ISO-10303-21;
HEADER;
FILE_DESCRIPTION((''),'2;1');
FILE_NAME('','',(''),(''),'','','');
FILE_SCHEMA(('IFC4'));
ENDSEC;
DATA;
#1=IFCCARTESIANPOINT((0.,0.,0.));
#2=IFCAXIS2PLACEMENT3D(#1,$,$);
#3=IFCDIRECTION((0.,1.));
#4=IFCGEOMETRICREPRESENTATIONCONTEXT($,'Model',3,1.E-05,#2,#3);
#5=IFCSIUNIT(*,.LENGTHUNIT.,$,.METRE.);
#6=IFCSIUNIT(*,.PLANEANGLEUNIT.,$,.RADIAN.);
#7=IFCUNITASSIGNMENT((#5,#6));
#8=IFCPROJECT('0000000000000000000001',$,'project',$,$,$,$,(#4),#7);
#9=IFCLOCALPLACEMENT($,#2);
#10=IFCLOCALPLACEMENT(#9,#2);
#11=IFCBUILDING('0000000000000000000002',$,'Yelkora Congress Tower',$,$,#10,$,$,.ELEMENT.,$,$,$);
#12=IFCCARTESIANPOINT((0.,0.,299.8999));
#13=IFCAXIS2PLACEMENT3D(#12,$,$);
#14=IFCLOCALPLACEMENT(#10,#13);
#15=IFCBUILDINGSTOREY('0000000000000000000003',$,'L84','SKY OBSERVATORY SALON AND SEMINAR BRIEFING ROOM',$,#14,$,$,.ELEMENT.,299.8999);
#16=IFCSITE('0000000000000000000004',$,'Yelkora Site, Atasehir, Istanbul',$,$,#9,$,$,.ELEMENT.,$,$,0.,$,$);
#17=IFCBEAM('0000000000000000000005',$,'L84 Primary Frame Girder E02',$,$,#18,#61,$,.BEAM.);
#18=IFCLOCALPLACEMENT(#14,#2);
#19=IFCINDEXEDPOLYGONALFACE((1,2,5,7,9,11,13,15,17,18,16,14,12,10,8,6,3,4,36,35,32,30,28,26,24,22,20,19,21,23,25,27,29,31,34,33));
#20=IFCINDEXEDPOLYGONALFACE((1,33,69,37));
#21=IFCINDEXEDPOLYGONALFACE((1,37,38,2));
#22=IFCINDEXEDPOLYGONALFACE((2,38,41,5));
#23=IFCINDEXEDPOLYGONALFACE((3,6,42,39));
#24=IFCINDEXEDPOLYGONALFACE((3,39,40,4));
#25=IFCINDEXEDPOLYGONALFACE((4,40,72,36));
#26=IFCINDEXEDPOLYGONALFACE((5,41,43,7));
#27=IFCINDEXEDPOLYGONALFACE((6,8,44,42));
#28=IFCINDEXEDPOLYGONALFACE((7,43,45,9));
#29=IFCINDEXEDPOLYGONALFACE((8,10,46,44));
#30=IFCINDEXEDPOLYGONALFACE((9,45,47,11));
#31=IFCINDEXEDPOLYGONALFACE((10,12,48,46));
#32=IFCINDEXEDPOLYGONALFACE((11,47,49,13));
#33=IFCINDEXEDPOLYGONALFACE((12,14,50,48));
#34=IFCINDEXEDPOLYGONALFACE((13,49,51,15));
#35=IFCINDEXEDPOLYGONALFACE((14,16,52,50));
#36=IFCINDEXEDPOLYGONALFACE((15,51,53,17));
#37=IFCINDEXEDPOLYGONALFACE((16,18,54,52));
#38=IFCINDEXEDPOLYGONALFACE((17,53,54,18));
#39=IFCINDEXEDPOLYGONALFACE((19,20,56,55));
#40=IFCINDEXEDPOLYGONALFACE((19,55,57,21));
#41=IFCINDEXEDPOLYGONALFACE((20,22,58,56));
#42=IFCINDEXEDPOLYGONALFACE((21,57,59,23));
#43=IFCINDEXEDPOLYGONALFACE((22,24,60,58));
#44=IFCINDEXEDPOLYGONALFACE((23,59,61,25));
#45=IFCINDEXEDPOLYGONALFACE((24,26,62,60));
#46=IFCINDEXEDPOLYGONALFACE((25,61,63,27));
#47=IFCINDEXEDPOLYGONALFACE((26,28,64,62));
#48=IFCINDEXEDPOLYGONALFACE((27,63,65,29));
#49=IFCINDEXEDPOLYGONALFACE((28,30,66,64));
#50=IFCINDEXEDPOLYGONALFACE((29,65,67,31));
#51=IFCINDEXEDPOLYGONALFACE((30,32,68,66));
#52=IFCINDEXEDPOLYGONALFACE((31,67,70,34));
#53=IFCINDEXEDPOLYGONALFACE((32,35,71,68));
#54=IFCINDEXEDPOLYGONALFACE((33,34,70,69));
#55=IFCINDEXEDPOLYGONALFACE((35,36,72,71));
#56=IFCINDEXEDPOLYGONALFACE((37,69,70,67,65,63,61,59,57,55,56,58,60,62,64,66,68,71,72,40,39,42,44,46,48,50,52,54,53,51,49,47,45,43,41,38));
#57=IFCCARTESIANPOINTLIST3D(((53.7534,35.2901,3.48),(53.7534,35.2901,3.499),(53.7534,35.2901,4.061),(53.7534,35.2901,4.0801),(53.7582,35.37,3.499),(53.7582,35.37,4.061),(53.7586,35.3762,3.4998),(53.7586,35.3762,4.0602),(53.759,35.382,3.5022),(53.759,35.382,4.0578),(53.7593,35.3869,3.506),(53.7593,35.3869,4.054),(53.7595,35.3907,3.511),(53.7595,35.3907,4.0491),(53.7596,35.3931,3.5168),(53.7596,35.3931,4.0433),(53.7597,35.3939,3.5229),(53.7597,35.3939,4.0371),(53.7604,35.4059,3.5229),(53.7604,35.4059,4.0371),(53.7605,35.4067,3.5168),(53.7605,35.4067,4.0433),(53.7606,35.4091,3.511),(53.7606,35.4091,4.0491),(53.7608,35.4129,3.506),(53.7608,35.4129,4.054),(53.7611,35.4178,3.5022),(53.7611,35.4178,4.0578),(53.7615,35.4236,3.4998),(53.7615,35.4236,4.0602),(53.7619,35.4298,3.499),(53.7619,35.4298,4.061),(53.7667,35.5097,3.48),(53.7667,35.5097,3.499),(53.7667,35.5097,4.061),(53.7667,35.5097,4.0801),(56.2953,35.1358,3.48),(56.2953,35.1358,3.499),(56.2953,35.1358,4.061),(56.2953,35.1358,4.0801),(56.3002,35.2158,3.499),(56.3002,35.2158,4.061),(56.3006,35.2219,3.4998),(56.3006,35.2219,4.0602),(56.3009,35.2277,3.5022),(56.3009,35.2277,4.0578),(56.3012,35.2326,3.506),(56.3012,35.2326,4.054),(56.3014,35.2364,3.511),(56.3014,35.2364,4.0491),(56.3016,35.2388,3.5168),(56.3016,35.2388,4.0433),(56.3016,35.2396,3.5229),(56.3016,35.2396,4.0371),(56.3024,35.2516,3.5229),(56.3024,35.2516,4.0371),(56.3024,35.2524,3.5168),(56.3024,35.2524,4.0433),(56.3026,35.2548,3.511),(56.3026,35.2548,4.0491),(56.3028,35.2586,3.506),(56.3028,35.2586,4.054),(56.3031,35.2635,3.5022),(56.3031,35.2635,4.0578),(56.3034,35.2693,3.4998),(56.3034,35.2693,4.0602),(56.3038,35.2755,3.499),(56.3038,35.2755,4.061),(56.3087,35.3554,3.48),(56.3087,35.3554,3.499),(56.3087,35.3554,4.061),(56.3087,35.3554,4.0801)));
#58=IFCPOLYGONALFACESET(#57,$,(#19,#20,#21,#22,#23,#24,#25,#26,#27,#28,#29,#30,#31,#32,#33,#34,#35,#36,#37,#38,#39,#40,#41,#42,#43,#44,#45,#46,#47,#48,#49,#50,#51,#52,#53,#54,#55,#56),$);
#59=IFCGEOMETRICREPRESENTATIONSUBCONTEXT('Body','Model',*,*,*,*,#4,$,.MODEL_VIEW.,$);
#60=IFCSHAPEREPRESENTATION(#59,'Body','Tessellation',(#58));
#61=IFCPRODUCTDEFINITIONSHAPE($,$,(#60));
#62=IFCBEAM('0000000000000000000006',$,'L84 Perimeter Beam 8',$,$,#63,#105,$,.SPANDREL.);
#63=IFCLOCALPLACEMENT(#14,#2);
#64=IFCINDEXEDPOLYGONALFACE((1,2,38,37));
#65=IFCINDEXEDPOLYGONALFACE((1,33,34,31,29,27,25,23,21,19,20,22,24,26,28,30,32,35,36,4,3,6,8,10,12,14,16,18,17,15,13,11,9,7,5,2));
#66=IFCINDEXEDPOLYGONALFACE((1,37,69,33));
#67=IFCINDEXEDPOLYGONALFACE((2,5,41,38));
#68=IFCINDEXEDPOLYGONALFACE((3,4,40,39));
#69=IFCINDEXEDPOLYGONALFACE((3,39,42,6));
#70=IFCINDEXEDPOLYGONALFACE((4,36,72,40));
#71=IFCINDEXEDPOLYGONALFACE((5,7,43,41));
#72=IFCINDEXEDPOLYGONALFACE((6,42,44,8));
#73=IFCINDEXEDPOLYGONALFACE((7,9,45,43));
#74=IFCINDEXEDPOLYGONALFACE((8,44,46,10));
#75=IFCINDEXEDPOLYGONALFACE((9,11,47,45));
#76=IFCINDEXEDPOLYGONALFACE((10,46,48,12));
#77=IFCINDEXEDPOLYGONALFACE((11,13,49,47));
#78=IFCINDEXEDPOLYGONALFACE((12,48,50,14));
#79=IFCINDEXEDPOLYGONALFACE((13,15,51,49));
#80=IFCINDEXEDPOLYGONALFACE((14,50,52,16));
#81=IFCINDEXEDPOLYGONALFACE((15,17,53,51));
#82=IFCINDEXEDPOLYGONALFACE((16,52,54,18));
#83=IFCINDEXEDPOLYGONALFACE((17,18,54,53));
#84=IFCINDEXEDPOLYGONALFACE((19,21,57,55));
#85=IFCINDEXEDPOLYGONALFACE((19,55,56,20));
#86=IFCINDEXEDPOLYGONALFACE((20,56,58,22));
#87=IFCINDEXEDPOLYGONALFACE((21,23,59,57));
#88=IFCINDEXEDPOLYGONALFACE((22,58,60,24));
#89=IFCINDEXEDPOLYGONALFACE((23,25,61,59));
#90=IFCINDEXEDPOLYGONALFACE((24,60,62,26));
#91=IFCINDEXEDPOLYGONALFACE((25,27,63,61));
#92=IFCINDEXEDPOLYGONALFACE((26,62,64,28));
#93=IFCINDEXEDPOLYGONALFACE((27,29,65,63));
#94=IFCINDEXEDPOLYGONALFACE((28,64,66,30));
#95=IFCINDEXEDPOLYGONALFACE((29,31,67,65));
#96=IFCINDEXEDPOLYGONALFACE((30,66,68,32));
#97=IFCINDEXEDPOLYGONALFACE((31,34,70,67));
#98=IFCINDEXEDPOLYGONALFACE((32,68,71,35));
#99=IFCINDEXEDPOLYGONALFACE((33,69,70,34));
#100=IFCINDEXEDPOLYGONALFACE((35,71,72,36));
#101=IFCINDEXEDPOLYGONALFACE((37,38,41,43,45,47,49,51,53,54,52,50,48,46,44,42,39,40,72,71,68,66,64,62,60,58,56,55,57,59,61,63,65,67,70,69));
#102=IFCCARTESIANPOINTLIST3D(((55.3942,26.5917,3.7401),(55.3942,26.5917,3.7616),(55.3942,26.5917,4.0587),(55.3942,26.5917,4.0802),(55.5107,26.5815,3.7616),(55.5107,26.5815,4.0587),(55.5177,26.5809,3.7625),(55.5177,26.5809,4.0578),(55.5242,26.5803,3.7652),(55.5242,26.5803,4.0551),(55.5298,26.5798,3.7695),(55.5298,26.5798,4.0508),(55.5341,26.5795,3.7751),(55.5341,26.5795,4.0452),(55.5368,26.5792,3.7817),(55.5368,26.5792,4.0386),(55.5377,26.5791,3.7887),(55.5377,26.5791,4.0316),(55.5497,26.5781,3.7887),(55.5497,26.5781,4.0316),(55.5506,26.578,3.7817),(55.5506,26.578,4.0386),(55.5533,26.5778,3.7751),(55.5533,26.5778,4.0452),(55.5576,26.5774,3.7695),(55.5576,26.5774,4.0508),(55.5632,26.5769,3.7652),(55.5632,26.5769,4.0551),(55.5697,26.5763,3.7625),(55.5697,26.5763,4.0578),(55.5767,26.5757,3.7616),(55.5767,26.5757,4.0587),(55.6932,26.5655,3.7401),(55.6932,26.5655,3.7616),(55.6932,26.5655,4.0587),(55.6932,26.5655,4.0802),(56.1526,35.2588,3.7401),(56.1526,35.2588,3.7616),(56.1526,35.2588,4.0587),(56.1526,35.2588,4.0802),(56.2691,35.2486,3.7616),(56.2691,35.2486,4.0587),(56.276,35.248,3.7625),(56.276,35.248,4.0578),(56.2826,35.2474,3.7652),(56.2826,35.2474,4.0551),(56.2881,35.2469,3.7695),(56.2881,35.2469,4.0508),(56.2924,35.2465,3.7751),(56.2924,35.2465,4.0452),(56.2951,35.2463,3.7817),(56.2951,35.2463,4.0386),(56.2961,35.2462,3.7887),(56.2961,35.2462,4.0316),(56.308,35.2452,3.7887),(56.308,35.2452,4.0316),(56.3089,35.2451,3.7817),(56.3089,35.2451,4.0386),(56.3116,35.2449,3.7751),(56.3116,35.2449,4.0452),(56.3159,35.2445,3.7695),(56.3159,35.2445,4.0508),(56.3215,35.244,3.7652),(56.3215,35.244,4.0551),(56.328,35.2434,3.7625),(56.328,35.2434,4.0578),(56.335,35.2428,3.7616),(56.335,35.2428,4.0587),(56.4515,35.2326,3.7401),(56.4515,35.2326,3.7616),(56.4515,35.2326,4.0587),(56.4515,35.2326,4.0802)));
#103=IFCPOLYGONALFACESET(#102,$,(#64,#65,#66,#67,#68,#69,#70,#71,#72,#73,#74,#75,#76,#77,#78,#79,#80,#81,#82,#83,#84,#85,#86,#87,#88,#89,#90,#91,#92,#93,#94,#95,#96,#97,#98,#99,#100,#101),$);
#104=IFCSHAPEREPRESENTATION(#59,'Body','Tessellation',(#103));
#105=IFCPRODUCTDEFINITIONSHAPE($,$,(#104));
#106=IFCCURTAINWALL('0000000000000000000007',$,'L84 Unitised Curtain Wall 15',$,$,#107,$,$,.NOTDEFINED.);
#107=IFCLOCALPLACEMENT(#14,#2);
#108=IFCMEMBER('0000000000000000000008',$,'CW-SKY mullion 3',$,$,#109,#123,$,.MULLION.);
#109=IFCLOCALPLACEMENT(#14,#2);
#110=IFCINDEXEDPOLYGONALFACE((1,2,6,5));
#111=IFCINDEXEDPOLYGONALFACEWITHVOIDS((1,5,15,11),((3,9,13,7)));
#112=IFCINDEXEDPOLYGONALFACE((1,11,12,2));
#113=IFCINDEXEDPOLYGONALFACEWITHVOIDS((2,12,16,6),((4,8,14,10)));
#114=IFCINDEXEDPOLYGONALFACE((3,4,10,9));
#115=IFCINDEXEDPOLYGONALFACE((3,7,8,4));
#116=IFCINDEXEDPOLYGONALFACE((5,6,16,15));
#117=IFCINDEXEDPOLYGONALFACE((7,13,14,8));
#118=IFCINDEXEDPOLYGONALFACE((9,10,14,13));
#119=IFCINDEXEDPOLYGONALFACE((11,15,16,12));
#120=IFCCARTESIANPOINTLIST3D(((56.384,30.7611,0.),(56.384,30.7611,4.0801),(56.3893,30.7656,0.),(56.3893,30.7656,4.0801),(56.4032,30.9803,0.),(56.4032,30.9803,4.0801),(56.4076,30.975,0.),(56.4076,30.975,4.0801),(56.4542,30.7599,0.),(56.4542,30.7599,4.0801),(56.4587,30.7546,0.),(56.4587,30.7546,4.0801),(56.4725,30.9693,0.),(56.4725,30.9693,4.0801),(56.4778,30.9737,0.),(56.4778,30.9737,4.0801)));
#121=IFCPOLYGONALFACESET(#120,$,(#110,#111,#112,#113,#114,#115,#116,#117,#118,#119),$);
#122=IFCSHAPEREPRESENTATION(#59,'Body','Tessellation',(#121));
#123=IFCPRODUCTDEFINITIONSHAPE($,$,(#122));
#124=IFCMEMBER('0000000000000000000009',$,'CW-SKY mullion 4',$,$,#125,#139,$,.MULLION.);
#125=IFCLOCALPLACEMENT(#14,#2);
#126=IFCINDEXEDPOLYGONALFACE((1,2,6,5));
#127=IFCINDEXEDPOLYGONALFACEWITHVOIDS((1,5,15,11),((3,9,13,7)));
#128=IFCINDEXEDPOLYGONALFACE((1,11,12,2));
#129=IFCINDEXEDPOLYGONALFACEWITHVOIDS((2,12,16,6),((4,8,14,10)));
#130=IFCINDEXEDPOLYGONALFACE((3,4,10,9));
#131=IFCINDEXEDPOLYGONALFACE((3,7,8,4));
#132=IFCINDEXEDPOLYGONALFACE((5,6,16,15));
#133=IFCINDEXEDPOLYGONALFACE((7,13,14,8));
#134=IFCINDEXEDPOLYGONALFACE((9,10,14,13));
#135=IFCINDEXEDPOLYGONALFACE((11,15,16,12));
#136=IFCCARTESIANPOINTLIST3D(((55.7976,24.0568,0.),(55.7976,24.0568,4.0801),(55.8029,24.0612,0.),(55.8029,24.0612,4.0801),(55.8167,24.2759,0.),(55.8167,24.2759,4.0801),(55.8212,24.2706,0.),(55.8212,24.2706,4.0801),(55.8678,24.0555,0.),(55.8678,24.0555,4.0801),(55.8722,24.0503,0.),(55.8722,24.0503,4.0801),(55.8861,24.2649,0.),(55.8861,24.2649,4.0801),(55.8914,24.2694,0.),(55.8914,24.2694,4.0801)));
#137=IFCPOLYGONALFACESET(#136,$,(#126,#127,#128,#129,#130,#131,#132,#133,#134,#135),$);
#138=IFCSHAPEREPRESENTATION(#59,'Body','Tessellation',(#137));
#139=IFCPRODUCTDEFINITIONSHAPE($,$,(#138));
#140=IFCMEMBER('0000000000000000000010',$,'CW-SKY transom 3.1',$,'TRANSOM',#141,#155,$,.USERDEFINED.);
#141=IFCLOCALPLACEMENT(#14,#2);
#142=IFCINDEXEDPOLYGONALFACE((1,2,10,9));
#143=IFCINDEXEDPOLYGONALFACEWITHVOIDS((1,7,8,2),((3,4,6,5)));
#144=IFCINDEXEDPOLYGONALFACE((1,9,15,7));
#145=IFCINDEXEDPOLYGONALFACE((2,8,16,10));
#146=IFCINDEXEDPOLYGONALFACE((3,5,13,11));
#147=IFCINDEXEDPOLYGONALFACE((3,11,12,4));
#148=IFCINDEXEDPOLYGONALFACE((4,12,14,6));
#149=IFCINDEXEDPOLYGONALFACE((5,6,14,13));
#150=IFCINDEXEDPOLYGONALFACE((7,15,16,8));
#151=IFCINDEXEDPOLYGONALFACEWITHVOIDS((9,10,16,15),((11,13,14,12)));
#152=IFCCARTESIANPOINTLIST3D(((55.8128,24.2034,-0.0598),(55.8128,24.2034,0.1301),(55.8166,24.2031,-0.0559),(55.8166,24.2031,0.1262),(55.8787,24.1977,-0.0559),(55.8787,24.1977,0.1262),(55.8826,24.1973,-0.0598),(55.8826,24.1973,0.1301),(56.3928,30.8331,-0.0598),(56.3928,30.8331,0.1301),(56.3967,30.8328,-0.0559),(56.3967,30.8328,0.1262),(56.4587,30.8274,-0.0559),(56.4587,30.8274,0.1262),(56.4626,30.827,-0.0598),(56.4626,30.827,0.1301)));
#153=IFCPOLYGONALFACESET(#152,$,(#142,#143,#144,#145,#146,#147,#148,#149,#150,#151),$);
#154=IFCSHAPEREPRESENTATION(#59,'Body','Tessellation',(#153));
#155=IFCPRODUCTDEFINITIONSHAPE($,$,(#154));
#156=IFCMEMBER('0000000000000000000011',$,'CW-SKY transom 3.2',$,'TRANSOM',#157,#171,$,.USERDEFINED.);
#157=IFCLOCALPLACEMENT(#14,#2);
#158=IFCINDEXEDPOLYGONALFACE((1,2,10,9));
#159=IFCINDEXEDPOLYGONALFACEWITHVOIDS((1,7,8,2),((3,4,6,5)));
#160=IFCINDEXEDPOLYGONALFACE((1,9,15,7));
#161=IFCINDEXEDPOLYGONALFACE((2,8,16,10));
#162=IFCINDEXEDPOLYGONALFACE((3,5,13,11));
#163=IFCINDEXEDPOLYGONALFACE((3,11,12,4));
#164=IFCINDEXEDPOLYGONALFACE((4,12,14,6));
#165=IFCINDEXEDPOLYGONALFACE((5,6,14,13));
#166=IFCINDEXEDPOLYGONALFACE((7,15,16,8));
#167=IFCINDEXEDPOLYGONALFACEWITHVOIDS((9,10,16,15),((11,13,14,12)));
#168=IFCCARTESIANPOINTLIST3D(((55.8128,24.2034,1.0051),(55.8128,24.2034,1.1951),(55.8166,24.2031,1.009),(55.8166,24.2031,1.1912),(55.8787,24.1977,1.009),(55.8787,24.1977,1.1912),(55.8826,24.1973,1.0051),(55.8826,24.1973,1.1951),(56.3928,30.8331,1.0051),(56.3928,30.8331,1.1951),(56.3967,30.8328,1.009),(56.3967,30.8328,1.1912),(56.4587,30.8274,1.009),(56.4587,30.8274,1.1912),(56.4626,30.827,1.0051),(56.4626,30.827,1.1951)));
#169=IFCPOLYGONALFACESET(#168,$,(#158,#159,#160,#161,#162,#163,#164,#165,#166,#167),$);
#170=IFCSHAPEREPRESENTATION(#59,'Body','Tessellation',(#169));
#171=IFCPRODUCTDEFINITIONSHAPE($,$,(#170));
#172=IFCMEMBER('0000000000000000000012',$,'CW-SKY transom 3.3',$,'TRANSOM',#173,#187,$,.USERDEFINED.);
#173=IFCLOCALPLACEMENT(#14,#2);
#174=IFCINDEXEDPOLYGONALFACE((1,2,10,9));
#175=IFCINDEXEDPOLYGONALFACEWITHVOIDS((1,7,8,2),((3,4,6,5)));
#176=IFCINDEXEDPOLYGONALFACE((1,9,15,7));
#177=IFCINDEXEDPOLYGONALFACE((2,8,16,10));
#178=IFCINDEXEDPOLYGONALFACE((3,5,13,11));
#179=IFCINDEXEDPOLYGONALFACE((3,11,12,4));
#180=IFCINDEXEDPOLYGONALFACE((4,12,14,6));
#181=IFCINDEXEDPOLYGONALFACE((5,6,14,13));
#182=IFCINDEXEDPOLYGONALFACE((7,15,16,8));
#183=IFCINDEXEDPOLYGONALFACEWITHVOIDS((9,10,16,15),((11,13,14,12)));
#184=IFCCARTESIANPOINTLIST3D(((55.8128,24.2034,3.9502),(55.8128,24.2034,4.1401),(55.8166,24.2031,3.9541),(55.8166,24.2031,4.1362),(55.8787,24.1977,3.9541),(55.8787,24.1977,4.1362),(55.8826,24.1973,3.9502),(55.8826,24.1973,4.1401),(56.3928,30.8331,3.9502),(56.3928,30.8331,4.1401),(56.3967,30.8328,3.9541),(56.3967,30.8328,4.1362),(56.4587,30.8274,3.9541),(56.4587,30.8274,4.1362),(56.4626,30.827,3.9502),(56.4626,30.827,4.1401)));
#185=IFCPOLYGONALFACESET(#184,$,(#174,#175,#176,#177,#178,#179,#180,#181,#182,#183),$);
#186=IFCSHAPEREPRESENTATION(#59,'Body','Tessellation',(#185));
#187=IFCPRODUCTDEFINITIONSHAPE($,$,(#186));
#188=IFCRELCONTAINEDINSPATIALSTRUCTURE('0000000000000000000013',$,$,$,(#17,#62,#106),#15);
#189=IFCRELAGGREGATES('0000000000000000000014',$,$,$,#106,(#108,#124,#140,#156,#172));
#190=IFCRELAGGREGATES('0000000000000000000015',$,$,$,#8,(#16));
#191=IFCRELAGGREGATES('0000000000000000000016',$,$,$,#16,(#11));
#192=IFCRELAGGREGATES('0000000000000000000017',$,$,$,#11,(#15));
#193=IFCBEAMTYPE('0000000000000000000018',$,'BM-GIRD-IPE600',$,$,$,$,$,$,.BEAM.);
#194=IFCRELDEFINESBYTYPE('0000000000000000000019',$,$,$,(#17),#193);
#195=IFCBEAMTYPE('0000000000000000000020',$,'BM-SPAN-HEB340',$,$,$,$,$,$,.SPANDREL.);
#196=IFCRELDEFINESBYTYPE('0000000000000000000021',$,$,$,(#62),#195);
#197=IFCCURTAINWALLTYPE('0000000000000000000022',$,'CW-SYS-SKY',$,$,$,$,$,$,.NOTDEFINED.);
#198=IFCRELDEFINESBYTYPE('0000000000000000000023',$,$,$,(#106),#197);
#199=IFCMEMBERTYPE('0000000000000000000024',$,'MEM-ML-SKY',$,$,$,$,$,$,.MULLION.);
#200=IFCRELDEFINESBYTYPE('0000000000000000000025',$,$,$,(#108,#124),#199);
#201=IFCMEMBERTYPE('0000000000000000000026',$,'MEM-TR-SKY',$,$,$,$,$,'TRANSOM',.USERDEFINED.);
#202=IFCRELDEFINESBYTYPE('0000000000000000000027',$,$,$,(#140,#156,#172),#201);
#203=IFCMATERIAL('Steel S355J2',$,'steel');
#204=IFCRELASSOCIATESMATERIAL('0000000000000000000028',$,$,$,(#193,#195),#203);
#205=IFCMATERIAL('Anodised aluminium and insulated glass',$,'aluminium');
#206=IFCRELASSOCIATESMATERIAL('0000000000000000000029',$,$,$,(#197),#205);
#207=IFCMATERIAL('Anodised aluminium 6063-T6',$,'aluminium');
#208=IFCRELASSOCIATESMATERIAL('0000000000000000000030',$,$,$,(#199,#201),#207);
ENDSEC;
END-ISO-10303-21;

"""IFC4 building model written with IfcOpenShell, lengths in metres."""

from ifc_helpers import new_model, si_unit, direction, frame, origin, origin_2d, place, context, subcontext, project, spatial, hollow_rectangle, i_section, extrude, material, material_profile, profile_set, type_object, element, aggregate, save


model = new_model("IFC4")

# Units and contexts
model_context = context("Model", 3, precision=1e-05, world=origin(), true_north=direction((0.0, 1.0)))
body_context = subcontext(model_context, "Body", "Model", "MODEL_VIEW")
ifc_project = project(units=[si_unit("LENGTHUNIT", "METRE"), si_unit("PLANEANGLEUNIT", "RADIAN")], contexts=[model_context])

# Site, building, storey
site_placement = place(None, origin())
site = spatial("IfcSite", under=ifc_project, at=site_placement, Name="Yelkora Site, Atasehir, Istanbul", CompositionType="ELEMENT", RefElevation=0.0)
building_placement = place(site_placement, origin())
building = spatial("IfcBuilding", under=site, at=building_placement, Name="Yelkora Congress Tower", CompositionType="ELEMENT")
storey_placement = place(building_placement, frame((0.0, 0.0, 299.8999)))
storey = spatial("IfcBuildingStorey", under=building, at=storey_placement, Name="L84", Description="SKY OBSERVATORY SALON AND SEMINAR BRIEFING ROOM", CompositionType="ELEMENT", Elevation=299.8999)

# Shared definitions
ifc_material_1 = material(Name="Steel S355J2", Category="steel")

# Beams
ifc_material_profile_1 = material_profile(ifc_material_1, i_section(OverallWidth=0.22, OverallDepth=0.6001, WebThickness=0.012, FlangeThickness=0.019, FilletRadius=0.0239, at=origin_2d()), Name="IPE 600")
ifc_profile_set_1 = profile_set([ifc_material_profile_1], Name="Steel S355J2")
beam_type_1 = type_object("IfcBeamType", Name="BM-GIRD-IPE600", PredefinedType="BEAM", material=ifc_profile_set_1)
beam_1_placement = place(storey_placement, frame((56.302, 35.2456, 3.78), z_axis=(-0.998163, 0.060588, 0.0), x_axis=(-0.060588, -0.998163, 0.0)))
element("IfcBeam", 1, at=beam_1_placement, inside=storey, type_object=beam_type_1, Name="L84 Primary Frame Girder E02", PredefinedType="BEAM", context=body_context, shape_type="SweptSolid", body=[
    extrude(i_section(OverallWidth=0.22, OverallDepth=0.6001, WebThickness=0.012, FlangeThickness=0.019, FilletRadius=0.0239, at=origin_2d()), origin(), (0.0, 0.0, 1.0), 2.5466),
])
ifc_material_profile_2 = material_profile(ifc_material_1, i_section(OverallWidth=0.3, OverallDepth=0.3401, WebThickness=0.012, FlangeThickness=0.0215, FilletRadius=0.0271, at=origin_2d()), Name="HEB 340")
ifc_profile_set_2 = profile_set([ifc_material_profile_2], Name="Steel S355J2")
beam_type_2 = type_object("IfcBeamType", Name="BM-SPAN-HEB340", PredefinedType="SPANDREL", material=ifc_profile_set_2)
beam_2_placement = place(storey_placement, frame((55.5437, 26.5786, 3.9102), z_axis=(0.08716, 0.996194, 0.0), x_axis=(-0.996194, 0.08716, 0.0)))
element("IfcBeam", 2, at=beam_2_placement, inside=storey, type_object=beam_type_2, Name="L84 Perimeter Beam 8", PredefinedType="SPANDREL", context=body_context, shape_type="SweptSolid", body=[
    extrude(i_section(OverallWidth=0.3, OverallDepth=0.3401, WebThickness=0.012, FlangeThickness=0.0215, FilletRadius=0.0271, at=origin_2d()), origin(), (0.0, 0.0, 1.0), 8.7002),
])

# Curtain wall, members
ifc_material_2 = material(Name="Anodised aluminium and insulated glass", Category="aluminium")
curtain_wall_type = type_object("IfcCurtainWallType", Name="CW-SYS-SKY", PredefinedType="NOTDEFINED", material=ifc_material_2)
curtain_wall_placement = place(storey_placement, origin())
curtain_wall = element("IfcCurtainWall", 3, at=curtain_wall_placement, inside=storey, type_object=curtain_wall_type, Name="L84 Unitised Curtain Wall 15", PredefinedType="NOTDEFINED")
ifc_material_3 = material(Name="Anodised aluminium 6063-T6", Category="aluminium")
ifc_material_profile_3 = material_profile(ifc_material_3, hollow_rectangle(XDim=0.075, YDim=0.22, WallThickness=0.0049, at=origin_2d()), Name="ALU 75x220x5")
ifc_profile_set_3 = profile_set([ifc_material_profile_3], Name="Anodised aluminium 6063-T6")
member_type_1 = type_object("IfcMemberType", Name="MEM-ML-SKY", PredefinedType="MULLION", material=ifc_profile_set_3)
member_1_placement = place(storey_placement, frame((56.4309, 30.8674, 0.0), z_axis=(0.0, 0.0, 1.0), x_axis=(0.996194, -0.087158, 0.0)))
member_1 = element("IfcMember", 4, at=member_1_placement, type_object=member_type_1, Name="CW-SKY mullion 3", PredefinedType="MULLION", context=body_context, shape_type="SweptSolid", body=[
    extrude(hollow_rectangle(XDim=0.075, YDim=0.22, WallThickness=0.0049, at=origin_2d()), origin(), (0.0, 0.0, 1.0), 4.0801),
])
member_2_placement = place(storey_placement, frame((55.8445, 24.1631, 0.0), z_axis=(0.0, 0.0, 1.0), x_axis=(0.996194, -0.087158, 0.0)))
member_2 = element("IfcMember", 5, at=member_2_placement, type_object=member_type_1, Name="CW-SKY mullion 4", PredefinedType="MULLION", context=body_context, shape_type="SweptSolid", body=[
    extrude(hollow_rectangle(XDim=0.075, YDim=0.22, WallThickness=0.0049, at=origin_2d()), origin(), (0.0, 0.0, 1.0), 4.0801),
])
ifc_material_profile_4 = material_profile(ifc_material_3, hollow_rectangle(XDim=0.0701, YDim=0.1899, WallThickness=0.0039, at=origin_2d()), Name="ALU 70x190x4")
ifc_profile_set_4 = profile_set([ifc_material_profile_4], Name="Anodised aluminium 6063-T6")
member_type_2 = type_object("IfcMemberType", Name="MEM-TR-SKY", ElementType="TRANSOM", PredefinedType="USERDEFINED", material=ifc_profile_set_4)
member_3_placement = place(storey_placement, frame((56.4277, 30.8301, 0.0352), z_axis=(-0.087165, -0.996194, 0.0), x_axis=(0.996194, -0.087165, 0.0)))
member_3 = element("IfcMember", 6, at=member_3_placement, type_object=member_type_2, Name="CW-SKY transom 3.1", ObjectType="TRANSOM", PredefinedType="USERDEFINED", context=body_context, shape_type="SweptSolid", body=[
    extrude(hollow_rectangle(XDim=0.0701, YDim=0.1899, WallThickness=0.0039, at=origin_2d()), origin(), (0.0, 0.0, 1.0), 6.655),
])
member_4_placement = place(storey_placement, frame((56.4277, 30.8301, 1.1001), z_axis=(-0.087165, -0.996194, 0.0), x_axis=(0.996194, -0.087165, 0.0)))
member_4 = element("IfcMember", 7, at=member_4_placement, type_object=member_type_2, Name="CW-SKY transom 3.2", ObjectType="TRANSOM", PredefinedType="USERDEFINED", context=body_context, shape_type="SweptSolid", body=[
    extrude(hollow_rectangle(XDim=0.0701, YDim=0.1899, WallThickness=0.0039, at=origin_2d()), origin(), (0.0, 0.0, 1.0), 6.655),
])
member_5_placement = place(storey_placement, frame((56.4277, 30.8301, 4.0452), z_axis=(-0.087165, -0.996194, 0.0), x_axis=(0.996194, -0.087165, 0.0)))
member_5 = element("IfcMember", 8, at=member_5_placement, type_object=member_type_2, Name="CW-SKY transom 3.3", ObjectType="TRANSOM", PredefinedType="USERDEFINED", context=body_context, shape_type="SweptSolid", body=[
    extrude(hollow_rectangle(XDim=0.0701, YDim=0.1899, WallThickness=0.0039, at=origin_2d()), origin(), (0.0, 0.0, 1.0), 6.655),
])
aggregate(curtain_wall, [member_1, member_2, member_3, member_4, member_5])

save(model, "model.ifc")
